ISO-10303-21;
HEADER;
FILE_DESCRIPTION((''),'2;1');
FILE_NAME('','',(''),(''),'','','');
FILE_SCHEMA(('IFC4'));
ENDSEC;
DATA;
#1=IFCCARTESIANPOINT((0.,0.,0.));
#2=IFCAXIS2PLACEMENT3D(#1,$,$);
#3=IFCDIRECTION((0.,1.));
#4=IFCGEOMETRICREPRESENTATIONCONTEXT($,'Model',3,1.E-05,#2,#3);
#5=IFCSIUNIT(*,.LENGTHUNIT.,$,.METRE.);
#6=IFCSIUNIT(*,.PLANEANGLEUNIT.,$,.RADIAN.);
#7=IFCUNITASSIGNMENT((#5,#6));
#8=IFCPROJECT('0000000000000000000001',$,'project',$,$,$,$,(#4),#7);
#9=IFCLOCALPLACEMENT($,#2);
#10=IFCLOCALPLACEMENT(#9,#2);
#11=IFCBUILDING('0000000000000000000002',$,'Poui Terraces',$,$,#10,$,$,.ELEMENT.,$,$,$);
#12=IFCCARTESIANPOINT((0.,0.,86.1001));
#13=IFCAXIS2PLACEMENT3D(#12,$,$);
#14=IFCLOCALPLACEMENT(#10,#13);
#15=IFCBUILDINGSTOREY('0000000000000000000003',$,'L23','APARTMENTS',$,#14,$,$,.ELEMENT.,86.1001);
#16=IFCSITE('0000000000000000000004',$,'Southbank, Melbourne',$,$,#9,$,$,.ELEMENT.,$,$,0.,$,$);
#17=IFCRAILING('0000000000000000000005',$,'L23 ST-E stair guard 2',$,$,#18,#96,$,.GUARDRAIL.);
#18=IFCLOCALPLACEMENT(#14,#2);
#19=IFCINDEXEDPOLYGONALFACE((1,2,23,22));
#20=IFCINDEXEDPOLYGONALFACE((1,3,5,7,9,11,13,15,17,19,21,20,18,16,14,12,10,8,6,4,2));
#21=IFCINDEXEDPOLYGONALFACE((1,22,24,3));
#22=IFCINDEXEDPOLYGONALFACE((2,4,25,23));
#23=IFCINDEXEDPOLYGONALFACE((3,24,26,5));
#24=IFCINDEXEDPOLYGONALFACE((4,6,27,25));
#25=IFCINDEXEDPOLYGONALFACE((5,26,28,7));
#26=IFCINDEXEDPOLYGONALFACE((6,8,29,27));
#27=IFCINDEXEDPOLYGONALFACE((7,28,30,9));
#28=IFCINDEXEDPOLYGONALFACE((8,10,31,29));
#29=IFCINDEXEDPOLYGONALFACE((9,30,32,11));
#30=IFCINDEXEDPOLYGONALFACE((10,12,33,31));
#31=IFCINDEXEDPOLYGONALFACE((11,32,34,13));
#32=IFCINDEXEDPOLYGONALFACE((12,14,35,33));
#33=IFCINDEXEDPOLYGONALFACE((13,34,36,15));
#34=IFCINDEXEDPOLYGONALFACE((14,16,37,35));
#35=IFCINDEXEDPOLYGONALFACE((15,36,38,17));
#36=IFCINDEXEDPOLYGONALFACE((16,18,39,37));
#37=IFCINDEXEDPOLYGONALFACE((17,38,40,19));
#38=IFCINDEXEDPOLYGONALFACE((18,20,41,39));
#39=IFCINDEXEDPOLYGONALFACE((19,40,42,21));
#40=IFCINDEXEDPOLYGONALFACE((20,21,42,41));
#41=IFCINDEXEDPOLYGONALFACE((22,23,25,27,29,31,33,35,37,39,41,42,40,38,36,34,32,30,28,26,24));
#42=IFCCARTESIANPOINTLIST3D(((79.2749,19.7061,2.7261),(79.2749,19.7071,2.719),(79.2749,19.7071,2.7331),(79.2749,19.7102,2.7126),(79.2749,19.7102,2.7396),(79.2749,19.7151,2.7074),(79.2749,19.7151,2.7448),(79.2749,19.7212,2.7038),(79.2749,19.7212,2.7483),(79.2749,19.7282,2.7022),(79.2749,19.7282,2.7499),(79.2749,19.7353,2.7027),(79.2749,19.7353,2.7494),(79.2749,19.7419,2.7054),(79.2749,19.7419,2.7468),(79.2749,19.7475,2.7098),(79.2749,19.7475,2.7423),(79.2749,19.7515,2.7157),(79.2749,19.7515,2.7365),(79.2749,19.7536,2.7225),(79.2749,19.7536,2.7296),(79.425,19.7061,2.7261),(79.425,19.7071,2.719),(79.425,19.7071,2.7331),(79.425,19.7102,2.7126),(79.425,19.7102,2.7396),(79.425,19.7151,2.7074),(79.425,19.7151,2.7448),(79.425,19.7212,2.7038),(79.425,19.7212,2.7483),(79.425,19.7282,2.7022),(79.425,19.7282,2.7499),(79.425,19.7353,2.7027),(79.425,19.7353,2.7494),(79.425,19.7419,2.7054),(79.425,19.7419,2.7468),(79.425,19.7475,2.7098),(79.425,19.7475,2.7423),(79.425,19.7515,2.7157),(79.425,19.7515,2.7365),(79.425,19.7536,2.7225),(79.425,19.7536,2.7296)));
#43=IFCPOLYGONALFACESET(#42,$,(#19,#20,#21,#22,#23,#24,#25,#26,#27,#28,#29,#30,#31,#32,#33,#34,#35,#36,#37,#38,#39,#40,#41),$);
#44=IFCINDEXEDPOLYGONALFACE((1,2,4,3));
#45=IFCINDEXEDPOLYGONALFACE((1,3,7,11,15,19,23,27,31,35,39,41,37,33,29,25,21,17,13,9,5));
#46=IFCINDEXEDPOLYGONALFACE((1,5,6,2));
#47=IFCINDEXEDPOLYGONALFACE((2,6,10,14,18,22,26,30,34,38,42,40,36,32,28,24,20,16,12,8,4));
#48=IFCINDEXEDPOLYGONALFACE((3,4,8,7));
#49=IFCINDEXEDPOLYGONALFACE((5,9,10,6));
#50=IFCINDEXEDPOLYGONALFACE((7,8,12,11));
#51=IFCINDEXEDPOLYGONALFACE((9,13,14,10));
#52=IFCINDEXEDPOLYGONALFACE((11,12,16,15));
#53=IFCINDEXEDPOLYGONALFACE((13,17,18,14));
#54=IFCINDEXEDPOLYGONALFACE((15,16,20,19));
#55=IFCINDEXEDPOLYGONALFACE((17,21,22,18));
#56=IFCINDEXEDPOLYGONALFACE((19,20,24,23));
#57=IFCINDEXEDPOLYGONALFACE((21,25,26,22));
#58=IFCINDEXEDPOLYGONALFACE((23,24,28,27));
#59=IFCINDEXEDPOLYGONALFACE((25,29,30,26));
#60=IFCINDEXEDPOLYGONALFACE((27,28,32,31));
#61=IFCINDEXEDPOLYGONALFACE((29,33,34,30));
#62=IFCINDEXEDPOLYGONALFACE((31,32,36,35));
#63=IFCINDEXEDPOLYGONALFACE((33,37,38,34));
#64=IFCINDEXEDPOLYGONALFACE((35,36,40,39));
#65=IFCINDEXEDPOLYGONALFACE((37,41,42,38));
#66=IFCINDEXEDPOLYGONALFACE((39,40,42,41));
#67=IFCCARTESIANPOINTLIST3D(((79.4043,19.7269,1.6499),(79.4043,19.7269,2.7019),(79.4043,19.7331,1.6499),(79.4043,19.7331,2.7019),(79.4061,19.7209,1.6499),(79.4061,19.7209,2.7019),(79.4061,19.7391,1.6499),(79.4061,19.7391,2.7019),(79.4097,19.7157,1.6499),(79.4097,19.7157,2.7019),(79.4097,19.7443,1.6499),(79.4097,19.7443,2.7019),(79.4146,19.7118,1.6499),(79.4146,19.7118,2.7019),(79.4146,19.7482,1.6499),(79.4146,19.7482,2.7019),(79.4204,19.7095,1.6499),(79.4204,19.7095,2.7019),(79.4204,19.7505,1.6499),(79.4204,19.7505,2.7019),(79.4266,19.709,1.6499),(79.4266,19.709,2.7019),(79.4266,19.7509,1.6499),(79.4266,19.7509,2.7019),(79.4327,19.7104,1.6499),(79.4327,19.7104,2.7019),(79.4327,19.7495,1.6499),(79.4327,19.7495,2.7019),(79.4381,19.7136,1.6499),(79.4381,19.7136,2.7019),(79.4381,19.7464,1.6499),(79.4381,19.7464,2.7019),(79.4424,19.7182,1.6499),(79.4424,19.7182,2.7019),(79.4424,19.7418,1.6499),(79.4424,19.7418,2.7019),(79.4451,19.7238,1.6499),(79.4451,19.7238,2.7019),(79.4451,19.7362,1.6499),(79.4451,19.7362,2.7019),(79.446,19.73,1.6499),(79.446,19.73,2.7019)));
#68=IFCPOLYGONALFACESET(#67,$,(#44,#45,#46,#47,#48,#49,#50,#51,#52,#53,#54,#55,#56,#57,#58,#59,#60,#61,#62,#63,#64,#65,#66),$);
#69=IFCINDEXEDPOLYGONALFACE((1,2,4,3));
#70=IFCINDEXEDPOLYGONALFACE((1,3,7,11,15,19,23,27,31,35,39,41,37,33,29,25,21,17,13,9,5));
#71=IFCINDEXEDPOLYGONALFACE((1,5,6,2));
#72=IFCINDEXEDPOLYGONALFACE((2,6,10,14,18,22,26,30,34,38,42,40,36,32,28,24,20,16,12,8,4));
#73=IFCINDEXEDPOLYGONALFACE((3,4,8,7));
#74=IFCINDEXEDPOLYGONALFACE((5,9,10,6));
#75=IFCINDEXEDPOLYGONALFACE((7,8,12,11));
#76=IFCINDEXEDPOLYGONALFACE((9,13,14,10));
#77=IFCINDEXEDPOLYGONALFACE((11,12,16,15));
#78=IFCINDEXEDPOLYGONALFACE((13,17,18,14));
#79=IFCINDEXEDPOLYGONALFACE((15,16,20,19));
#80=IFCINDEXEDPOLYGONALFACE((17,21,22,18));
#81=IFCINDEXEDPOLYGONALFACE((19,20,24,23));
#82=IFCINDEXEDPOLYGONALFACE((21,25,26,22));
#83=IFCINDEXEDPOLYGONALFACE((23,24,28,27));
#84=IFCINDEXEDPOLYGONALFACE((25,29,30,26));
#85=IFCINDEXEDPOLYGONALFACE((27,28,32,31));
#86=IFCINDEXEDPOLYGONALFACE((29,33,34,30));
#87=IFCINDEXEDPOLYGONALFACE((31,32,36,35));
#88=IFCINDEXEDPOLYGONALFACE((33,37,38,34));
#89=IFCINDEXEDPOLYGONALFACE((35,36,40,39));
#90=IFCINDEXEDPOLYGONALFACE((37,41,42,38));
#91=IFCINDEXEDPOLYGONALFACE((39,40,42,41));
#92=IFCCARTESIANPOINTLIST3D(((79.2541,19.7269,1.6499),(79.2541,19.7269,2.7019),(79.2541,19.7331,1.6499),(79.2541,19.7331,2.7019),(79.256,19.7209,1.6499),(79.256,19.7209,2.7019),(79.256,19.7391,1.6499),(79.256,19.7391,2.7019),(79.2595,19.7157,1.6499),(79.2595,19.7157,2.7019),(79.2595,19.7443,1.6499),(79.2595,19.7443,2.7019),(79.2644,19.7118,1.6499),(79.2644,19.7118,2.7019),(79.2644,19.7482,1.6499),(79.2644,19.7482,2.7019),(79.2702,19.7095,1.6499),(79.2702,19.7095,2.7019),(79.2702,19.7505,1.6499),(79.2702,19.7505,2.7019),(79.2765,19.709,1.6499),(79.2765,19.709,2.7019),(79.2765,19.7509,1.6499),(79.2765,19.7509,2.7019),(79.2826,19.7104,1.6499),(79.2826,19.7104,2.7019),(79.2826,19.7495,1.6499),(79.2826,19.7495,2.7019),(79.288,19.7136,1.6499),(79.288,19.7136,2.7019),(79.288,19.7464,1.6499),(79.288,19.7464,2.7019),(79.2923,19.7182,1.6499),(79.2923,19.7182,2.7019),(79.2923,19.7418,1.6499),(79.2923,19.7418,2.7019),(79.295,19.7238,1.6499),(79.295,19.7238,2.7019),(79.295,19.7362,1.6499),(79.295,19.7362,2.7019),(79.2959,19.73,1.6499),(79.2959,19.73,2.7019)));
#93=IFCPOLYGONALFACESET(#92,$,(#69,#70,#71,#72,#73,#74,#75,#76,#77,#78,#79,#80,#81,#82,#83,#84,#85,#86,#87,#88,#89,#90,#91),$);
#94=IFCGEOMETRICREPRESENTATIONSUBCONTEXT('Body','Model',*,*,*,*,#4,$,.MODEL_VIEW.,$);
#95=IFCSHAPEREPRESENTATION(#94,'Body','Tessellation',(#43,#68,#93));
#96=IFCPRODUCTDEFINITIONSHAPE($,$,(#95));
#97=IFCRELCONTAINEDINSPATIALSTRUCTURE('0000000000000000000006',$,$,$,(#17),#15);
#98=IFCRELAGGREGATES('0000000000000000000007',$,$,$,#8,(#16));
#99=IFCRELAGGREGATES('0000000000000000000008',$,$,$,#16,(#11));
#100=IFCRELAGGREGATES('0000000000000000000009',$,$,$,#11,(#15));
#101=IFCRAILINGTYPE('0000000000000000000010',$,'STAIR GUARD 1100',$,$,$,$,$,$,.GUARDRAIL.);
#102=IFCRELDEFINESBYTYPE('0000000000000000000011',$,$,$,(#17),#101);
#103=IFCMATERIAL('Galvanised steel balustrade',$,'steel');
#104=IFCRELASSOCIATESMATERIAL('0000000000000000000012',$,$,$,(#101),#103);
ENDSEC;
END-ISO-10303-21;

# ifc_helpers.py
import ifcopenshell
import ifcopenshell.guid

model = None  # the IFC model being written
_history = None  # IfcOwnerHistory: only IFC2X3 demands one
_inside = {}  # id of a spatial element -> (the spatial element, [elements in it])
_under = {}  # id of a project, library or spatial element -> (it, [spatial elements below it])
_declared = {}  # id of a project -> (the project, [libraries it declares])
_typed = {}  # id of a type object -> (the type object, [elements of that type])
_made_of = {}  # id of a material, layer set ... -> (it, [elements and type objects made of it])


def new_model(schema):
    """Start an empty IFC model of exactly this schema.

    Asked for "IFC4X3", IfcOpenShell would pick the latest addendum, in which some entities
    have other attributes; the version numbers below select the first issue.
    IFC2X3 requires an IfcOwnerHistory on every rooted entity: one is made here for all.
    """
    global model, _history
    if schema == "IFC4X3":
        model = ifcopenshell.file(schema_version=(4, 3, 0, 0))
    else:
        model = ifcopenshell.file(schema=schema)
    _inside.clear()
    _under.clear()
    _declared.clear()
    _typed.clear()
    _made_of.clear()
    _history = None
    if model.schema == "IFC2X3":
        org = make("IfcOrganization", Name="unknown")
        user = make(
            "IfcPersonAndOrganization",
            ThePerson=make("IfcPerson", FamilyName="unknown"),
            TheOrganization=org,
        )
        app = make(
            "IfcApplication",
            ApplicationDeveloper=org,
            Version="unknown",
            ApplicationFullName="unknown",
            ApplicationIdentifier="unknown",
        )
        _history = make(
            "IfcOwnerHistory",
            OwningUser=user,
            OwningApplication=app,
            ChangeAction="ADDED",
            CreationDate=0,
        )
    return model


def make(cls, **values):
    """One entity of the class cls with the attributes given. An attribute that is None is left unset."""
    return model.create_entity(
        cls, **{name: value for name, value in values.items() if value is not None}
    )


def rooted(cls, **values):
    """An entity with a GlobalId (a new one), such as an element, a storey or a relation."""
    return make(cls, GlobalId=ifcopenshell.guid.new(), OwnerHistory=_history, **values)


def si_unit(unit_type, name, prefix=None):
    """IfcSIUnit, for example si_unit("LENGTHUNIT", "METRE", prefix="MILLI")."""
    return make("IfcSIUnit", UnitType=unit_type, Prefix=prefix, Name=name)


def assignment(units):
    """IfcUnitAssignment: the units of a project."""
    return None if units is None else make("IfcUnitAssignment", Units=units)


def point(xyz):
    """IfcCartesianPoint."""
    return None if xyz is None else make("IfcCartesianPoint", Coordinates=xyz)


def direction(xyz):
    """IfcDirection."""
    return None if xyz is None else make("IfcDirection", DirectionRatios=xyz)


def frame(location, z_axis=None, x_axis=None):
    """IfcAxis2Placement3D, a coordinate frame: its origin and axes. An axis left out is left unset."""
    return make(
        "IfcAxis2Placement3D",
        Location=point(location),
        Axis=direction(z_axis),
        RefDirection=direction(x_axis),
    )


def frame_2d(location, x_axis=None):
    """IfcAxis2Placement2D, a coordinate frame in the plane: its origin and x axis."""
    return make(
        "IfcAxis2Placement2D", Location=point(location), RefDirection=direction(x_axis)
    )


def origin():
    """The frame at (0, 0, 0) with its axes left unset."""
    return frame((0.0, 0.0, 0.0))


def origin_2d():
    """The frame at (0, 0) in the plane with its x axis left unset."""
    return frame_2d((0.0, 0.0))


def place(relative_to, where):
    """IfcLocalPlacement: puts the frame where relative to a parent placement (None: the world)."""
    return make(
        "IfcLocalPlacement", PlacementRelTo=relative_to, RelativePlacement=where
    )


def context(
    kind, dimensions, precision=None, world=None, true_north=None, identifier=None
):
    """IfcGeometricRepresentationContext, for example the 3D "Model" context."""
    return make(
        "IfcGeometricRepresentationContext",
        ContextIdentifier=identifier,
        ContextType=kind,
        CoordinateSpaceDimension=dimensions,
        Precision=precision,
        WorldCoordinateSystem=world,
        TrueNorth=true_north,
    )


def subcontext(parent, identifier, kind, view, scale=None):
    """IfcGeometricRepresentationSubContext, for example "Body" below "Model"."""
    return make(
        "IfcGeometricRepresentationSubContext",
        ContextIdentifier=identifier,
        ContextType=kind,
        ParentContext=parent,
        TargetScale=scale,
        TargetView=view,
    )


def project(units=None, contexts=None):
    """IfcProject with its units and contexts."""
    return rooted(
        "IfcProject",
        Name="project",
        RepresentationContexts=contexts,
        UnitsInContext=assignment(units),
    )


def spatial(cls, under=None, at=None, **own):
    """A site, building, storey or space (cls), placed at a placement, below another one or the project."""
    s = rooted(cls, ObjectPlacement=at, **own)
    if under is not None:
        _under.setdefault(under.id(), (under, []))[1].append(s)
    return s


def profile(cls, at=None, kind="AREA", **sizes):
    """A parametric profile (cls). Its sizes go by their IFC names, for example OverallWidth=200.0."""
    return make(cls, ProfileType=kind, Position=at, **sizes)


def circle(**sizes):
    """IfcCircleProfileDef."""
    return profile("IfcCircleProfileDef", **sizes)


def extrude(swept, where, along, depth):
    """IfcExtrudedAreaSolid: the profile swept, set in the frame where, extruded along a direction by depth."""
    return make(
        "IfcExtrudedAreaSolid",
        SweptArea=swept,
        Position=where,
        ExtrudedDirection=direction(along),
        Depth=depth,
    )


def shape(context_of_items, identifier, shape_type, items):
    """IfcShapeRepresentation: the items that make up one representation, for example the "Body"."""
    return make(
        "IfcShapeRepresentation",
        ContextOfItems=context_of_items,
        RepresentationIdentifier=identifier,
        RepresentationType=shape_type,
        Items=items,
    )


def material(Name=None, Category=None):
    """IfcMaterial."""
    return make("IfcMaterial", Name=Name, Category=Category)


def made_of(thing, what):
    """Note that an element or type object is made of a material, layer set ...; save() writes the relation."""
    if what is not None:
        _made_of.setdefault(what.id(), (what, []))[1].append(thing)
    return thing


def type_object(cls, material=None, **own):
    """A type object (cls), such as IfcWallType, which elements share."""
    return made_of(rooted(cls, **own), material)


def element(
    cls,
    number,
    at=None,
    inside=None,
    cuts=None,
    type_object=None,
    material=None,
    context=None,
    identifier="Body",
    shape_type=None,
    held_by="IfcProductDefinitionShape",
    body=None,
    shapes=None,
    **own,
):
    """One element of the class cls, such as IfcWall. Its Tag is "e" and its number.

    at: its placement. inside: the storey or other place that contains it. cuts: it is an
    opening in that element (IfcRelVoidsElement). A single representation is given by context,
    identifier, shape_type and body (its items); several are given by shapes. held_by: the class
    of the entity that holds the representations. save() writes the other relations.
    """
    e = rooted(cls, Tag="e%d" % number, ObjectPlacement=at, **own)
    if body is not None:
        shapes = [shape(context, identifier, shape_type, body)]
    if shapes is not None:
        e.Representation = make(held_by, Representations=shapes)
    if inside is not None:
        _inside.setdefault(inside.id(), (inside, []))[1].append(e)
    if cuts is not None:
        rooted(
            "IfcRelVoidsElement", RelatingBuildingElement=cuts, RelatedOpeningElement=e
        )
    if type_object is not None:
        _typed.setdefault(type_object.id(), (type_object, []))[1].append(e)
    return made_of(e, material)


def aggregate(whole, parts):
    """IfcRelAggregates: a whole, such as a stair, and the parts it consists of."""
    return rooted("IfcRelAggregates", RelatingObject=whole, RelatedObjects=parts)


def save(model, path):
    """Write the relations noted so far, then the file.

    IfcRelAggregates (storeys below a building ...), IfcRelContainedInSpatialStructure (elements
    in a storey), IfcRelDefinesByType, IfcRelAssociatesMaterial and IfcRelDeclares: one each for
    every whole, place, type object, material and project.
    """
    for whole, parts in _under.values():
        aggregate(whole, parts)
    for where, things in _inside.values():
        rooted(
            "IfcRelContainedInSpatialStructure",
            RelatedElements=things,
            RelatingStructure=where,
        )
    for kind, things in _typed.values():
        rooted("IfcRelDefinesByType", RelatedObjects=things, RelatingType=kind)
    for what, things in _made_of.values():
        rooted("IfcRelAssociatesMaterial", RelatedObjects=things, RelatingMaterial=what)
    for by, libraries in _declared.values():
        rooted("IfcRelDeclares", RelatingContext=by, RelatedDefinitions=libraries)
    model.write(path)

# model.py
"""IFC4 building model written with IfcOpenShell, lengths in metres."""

from ifc_helpers import new_model, si_unit, direction, frame, origin, origin_2d, place, context, subcontext, project, spatial, circle, extrude, material, type_object, element, save


model = new_model("IFC4")

# Units and contexts
model_context = context("Model", 3, precision=1e-05, world=origin(), true_north=direction((0.0, 1.0)))
body_context = subcontext(model_context, "Body", "Model", "MODEL_VIEW")
ifc_project = project(units=[si_unit("LENGTHUNIT", "METRE"), si_unit("PLANEANGLEUNIT", "RADIAN")], contexts=[model_context])

# Site, building, storey
site_placement = place(None, origin())
site = spatial("IfcSite", under=ifc_project, at=site_placement, Name="Southbank, Melbourne", CompositionType="ELEMENT", RefElevation=0.0)
building_placement = place(site_placement, origin())
building = spatial("IfcBuilding", under=site, at=building_placement, Name="Poui Terraces", CompositionType="ELEMENT")
storey_placement = place(building_placement, frame((0.0, 0.0, 86.1001)))
storey = spatial("IfcBuildingStorey", under=building, at=storey_placement, Name="L23", Description="APARTMENTS", CompositionType="ELEMENT", Elevation=86.1001)

# Railing
ifc_material_1 = material(Name="Galvanised steel balustrade", Category="steel")
railing_type_1 = type_object("IfcRailingType", Name="STAIR GUARD 1100", PredefinedType="GUARDRAIL", material=ifc_material_1)
railing_1_placement = place(storey_placement, frame((79.425, 19.73, 1.6499)))
element("IfcRailing", 1, at=railing_1_placement, inside=storey, type_object=railing_type_1, Name="L23 ST-E stair guard 2", PredefinedType="GUARDRAIL", context=body_context, shape_type="SweptSolid", body=[
    extrude(circle(Radius=0.0239, at=origin_2d()), frame((0.0, 0.0, 1.0762), z_axis=(-1.0, 0.0, 0.0), x_axis=(0.0, -1.0, 0.0)), (0.0, 0.0, 1.0), 0.1501),
    extrude(circle(Radius=0.021, at=origin_2d()), origin(), (0.0, 0.0, 1.0), 1.052),
    extrude(circle(Radius=0.021, at=origin_2d()), frame((-0.1501, 0.0, 0.0)), (0.0, 0.0, 1.0), 1.052),
])

save(model, "model.ifc")
